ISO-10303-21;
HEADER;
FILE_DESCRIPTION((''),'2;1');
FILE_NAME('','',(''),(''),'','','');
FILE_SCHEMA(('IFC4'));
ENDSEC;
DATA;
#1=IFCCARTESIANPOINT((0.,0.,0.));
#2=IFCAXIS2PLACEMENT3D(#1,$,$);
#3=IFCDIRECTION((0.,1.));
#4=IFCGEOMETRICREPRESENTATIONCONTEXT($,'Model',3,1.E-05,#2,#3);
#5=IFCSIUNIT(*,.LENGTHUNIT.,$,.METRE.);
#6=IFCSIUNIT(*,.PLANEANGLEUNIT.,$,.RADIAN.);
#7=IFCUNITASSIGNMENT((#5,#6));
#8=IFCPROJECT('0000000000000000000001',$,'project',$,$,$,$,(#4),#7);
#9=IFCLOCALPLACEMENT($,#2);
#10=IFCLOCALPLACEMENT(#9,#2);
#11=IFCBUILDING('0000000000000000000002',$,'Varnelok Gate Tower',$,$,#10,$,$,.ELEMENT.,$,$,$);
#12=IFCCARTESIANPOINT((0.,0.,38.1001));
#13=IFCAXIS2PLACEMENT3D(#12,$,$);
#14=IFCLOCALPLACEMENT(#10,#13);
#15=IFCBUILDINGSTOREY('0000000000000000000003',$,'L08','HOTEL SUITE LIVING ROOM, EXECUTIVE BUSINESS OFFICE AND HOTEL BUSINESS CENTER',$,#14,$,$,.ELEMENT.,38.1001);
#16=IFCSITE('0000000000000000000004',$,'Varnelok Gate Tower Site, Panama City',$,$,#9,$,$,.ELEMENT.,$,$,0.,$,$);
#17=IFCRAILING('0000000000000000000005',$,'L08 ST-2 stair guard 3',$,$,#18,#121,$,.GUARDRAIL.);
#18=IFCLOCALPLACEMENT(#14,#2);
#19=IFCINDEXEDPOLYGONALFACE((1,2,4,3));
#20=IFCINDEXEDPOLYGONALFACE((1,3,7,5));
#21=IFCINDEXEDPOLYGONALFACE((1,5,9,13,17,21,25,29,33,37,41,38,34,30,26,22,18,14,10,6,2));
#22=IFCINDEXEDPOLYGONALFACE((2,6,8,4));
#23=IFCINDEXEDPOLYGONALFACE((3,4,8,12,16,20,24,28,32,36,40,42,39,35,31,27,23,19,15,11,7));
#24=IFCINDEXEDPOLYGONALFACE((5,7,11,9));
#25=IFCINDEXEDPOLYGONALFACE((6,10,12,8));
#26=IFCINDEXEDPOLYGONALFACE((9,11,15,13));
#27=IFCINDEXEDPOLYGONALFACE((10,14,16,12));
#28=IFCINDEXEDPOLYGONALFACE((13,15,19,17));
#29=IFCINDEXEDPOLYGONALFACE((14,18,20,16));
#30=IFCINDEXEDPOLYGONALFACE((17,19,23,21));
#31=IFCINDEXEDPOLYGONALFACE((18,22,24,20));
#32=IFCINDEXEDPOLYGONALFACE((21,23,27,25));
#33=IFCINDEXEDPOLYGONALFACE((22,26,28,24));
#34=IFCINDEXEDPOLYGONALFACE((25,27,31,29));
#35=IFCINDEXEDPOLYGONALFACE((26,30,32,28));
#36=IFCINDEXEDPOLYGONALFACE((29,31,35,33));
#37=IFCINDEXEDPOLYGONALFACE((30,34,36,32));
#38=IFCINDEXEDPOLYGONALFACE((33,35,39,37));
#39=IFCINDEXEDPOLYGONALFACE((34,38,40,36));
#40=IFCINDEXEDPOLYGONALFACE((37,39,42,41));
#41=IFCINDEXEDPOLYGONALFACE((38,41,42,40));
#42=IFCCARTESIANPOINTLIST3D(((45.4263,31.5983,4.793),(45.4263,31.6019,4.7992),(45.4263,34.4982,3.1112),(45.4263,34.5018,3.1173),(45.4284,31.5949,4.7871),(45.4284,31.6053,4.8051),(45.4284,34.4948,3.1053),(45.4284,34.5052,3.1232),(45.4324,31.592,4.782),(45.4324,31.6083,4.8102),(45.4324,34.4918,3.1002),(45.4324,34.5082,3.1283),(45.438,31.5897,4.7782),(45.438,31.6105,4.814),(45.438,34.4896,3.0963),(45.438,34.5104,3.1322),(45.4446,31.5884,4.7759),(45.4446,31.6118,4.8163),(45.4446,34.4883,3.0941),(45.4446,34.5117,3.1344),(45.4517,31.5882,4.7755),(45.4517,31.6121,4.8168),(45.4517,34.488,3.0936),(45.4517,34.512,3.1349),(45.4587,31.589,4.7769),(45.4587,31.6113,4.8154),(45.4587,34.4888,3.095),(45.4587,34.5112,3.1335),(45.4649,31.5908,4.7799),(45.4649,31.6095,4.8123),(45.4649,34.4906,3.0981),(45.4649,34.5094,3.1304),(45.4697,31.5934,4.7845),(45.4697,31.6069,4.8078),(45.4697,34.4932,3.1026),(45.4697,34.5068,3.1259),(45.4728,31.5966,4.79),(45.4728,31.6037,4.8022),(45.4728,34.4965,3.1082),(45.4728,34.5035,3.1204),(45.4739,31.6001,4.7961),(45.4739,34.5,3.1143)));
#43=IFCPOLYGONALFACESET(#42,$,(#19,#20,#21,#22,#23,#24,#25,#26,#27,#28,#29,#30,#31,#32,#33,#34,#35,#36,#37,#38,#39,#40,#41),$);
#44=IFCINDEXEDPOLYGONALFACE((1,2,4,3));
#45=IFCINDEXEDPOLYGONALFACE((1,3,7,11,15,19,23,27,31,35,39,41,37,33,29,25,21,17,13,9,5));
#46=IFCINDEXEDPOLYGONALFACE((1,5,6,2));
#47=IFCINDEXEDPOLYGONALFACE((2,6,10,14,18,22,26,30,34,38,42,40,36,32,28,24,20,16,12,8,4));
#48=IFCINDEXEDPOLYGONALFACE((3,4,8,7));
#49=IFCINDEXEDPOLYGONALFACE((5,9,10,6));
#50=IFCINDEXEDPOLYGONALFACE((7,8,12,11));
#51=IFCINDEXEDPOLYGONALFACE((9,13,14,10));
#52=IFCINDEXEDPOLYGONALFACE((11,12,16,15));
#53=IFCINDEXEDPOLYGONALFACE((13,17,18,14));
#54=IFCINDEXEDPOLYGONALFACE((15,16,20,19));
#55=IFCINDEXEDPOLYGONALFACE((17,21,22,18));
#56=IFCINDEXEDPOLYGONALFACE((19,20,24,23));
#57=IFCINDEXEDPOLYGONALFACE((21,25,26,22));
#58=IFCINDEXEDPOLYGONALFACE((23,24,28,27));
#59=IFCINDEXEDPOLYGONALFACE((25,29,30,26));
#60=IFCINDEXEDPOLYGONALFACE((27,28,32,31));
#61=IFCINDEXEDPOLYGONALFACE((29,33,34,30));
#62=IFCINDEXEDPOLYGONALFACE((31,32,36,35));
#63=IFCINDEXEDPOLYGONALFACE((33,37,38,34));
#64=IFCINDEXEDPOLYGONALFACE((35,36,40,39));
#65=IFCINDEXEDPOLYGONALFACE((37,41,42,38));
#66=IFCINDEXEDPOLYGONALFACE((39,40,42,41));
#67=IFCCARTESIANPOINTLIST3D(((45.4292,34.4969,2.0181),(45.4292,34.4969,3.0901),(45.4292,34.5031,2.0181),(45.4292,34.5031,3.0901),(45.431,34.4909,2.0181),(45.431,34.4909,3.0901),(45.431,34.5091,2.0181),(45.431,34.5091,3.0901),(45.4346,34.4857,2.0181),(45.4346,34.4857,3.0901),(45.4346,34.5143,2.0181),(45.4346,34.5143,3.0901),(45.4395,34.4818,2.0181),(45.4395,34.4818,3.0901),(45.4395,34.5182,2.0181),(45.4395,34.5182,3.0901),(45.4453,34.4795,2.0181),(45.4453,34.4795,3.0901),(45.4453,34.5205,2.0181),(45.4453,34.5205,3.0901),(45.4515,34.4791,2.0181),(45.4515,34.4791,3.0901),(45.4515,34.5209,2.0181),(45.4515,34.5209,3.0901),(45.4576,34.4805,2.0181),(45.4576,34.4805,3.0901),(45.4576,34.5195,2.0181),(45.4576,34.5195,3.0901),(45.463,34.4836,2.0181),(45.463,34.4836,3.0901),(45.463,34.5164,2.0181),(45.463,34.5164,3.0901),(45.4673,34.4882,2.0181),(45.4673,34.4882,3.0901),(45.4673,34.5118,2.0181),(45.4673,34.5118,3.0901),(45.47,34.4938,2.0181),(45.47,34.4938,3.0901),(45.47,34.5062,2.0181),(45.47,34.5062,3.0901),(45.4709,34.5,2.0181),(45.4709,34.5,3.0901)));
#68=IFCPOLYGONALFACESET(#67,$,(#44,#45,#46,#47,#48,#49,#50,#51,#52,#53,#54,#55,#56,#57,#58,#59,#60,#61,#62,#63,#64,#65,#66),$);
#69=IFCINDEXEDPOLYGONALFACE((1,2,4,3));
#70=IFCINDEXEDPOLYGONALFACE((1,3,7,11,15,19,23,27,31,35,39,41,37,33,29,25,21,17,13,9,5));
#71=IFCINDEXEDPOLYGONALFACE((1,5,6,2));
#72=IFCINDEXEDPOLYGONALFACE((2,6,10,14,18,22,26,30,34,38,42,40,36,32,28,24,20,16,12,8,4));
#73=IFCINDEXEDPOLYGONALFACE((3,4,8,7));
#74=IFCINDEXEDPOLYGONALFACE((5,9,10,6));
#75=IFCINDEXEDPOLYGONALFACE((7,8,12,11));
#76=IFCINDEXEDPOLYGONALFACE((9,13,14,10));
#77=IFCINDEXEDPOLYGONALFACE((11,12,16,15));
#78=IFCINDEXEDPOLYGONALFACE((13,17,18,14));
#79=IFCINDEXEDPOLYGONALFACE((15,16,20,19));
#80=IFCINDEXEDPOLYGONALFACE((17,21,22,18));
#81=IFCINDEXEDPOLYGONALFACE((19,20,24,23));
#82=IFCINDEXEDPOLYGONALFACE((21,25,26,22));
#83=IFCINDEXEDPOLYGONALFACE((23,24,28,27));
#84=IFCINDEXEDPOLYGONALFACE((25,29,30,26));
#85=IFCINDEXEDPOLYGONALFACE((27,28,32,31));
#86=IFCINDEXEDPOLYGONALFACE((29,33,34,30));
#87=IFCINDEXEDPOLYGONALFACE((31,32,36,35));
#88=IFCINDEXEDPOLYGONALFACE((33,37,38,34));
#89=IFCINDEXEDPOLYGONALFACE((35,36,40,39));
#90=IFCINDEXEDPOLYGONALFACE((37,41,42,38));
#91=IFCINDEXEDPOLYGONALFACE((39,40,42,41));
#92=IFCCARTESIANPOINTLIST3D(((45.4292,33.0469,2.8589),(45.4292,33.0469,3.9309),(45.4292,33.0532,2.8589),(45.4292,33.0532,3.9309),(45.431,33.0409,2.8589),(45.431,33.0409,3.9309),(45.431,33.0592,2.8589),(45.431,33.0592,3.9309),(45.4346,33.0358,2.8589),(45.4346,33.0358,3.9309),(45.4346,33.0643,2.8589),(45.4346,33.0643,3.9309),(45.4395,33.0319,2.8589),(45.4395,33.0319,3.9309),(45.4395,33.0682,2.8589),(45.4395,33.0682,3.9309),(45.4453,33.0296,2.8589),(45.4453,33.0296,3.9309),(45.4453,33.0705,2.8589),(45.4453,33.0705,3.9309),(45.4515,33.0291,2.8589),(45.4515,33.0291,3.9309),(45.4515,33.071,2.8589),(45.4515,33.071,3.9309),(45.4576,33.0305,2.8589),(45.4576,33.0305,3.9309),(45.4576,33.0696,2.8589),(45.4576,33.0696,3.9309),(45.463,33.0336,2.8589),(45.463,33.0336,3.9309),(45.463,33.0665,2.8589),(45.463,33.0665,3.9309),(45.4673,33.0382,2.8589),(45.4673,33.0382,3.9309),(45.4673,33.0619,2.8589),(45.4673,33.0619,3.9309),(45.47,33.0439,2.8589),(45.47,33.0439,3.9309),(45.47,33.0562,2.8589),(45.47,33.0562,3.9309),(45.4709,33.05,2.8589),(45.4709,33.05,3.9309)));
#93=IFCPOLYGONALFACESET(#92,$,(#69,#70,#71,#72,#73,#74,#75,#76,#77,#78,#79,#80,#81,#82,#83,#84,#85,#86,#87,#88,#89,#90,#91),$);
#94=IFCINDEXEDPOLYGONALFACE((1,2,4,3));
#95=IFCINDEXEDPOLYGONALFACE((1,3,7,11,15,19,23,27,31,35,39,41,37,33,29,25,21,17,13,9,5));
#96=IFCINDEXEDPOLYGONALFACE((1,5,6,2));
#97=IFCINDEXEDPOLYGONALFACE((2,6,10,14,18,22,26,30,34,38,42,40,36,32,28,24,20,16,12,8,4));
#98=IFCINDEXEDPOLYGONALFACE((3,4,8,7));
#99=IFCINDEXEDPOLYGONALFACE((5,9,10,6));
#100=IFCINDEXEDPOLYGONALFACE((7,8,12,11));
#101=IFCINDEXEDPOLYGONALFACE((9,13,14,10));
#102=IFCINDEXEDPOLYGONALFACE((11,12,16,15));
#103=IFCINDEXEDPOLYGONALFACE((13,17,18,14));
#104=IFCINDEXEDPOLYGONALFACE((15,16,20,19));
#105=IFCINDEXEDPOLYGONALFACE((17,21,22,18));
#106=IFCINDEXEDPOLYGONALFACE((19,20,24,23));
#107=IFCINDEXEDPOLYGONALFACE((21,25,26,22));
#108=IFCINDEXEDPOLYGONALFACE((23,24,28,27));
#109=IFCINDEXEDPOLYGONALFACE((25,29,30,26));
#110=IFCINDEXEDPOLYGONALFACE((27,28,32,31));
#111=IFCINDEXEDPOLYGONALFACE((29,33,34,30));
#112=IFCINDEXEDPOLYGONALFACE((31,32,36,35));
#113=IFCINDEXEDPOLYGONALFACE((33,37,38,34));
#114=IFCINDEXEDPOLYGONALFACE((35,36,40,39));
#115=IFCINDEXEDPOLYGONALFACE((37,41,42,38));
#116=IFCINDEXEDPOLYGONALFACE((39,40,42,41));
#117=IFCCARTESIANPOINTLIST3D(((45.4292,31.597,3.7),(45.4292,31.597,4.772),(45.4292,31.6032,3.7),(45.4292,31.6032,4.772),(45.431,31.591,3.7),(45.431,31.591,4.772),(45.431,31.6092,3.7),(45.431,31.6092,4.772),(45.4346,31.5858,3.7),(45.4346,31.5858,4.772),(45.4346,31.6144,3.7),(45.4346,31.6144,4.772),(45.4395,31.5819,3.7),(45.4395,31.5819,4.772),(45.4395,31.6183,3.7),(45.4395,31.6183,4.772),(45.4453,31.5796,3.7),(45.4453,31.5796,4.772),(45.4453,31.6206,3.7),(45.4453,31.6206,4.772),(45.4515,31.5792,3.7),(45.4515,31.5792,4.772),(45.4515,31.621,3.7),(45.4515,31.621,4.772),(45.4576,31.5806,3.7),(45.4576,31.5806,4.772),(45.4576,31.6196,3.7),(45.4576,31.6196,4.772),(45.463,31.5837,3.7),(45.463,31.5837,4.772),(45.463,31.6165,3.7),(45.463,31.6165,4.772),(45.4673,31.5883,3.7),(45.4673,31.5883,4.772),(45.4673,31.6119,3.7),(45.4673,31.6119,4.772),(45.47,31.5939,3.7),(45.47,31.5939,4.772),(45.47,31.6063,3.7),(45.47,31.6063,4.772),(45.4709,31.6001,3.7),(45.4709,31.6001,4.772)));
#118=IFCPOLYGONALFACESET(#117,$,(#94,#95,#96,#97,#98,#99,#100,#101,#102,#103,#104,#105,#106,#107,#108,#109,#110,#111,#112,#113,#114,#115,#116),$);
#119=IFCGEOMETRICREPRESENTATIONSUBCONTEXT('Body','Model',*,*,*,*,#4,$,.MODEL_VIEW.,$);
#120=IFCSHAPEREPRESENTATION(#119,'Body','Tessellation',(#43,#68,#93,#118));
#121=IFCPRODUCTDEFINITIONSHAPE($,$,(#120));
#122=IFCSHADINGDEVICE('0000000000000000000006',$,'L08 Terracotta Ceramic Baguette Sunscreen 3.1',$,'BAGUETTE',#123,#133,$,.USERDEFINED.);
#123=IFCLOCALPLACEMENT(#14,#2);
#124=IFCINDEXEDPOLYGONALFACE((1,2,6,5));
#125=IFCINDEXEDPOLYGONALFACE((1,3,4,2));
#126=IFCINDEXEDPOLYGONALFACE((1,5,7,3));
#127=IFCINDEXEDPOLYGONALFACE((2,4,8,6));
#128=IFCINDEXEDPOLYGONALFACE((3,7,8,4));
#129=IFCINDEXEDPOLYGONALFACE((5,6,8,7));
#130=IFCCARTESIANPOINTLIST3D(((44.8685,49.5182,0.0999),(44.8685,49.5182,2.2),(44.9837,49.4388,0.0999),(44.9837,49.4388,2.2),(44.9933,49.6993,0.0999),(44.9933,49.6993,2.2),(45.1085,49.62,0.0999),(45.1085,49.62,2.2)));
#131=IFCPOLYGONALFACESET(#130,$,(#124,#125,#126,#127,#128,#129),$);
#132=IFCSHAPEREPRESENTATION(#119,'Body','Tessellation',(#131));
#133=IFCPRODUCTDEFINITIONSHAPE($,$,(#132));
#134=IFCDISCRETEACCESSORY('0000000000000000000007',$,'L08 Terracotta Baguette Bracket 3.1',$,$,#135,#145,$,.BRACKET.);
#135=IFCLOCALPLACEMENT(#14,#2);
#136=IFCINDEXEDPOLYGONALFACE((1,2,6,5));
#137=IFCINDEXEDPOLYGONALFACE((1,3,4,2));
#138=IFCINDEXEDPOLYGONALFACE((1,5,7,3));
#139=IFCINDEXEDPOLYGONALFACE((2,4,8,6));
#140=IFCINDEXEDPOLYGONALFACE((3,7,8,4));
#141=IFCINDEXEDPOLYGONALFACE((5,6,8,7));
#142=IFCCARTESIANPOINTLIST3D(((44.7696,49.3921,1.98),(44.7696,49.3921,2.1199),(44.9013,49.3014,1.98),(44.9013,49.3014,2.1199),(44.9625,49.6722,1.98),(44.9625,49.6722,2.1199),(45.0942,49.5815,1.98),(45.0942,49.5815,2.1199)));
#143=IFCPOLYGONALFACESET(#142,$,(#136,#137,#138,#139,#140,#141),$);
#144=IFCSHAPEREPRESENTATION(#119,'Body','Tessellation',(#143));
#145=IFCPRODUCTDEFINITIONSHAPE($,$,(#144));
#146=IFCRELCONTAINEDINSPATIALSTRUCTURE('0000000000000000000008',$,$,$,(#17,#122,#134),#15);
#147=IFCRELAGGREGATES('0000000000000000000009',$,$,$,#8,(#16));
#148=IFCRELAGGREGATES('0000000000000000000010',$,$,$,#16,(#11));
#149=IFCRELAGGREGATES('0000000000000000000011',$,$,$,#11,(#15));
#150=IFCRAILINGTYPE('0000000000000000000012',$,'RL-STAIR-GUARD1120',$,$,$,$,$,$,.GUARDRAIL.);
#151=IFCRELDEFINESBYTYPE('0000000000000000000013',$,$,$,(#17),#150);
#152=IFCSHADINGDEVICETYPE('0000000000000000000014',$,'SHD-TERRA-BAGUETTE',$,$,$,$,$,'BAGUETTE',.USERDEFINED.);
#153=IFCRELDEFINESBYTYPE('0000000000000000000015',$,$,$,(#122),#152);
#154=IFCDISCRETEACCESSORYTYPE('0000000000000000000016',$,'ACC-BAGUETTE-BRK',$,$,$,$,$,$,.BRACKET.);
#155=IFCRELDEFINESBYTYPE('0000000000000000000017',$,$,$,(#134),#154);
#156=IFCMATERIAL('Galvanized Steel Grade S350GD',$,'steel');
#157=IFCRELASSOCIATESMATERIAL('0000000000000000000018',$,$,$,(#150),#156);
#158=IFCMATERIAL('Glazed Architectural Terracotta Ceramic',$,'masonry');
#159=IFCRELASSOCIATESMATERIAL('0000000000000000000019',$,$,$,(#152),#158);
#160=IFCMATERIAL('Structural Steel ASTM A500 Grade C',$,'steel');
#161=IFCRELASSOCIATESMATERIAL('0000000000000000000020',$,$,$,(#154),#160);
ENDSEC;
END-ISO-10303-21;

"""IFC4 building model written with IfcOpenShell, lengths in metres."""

from ifc_helpers import new_model, si_unit, direction, frame, origin, origin_2d, place, context, subcontext, project, spatial, rectangle, circle, extrude, source, transform, mapped, material, type_object, element, save


model = new_model("IFC4")

# Units and contexts
model_context = context("Model", 3, precision=1e-05, world=origin(), true_north=direction((0.0, 1.0)))
body_context = subcontext(model_context, "Body", "Model", "MODEL_VIEW")
ifc_project = project(units=[si_unit("LENGTHUNIT", "METRE"), si_unit("PLANEANGLEUNIT", "RADIAN")], contexts=[model_context])

# Site, building, storey
site_placement = place(None, origin())
site = spatial("IfcSite", under=ifc_project, at=site_placement, Name="Varnelok Gate Tower Site, Panama City", CompositionType="ELEMENT", RefElevation=0.0)
building_placement = place(site_placement, origin())
building = spatial("IfcBuilding", under=site, at=building_placement, Name="Varnelok Gate Tower", CompositionType="ELEMENT")
storey_placement = place(building_placement, frame((0.0, 0.0, 38.1001)))
storey = spatial("IfcBuildingStorey", under=building, at=storey_placement, Name="L08", Description="HOTEL SUITE LIVING ROOM, EXECUTIVE BUSINESS OFFICE AND HOTEL BUSINESS CENTER", CompositionType="ELEMENT", Elevation=38.1001)

# Shared definitions
ifc_material_1 = material(Name="Galvanized Steel Grade S350GD", Category="steel")

# Railing
railing_type_1 = type_object("IfcRailingType", Name="RL-STAIR-GUARD1120", PredefinedType="GUARDRAIL", material=ifc_material_1)
railing_1_placement = place(storey_placement, frame((45.45, 34.5, 2.0181)))
element("IfcRailing", 1, at=railing_1_placement, inside=storey, type_object=railing_type_1, Name="L08 ST-2 stair guard 3", PredefinedType="GUARDRAIL", context=body_context, shape_type="SweptSolid", body=[
    extrude(circle(Radius=0.0239, at=origin_2d()), frame((0.0, 0.0, 1.0962), z_axis=(0.0, -0.865039, 0.501705), x_axis=(1.0, 0.0, 0.0)), (0.0, 0.0, 1.0), 3.3523),
    extrude(circle(Radius=0.021, at=origin_2d()), origin(), (0.0, 0.0, 1.0), 1.072),
    extrude(circle(Radius=0.021, at=origin_2d()), frame((0.0, -1.45, 0.8408)), (0.0, 0.0, 1.0), 1.072),
    extrude(circle(Radius=0.021, at=origin_2d()), frame((0.0, -2.8999, 1.6819)), (0.0, 0.0, 1.0), 1.072),
])

# Shading device
ifc_material_2 = material(Name="Glazed Architectural Terracotta Ceramic", Category="masonry")
shading_device_type = type_object("IfcShadingDeviceType", Name="SHD-TERRA-BAGUETTE", ElementType="BAGUETTE", PredefinedType="USERDEFINED", material=ifc_material_2)
shared_shape_1 = source(origin(), body_context, "Body", "SweptSolid", [
    extrude(rectangle(XDim=0.1399, YDim=0.22, at=origin_2d()), origin(), (0.0, 0.0, 1.0), 2.1001),
])
shading_device_placement = place(storey_placement, frame((44.9885, 49.5691, 0.0999), z_axis=(0.0, 0.0, 1.0), x_axis=(0.823533, -0.567269, 0.0)))
element("IfcShadingDevice", 2, at=shading_device_placement, inside=storey, type_object=shading_device_type, Name="L08 Terracotta Ceramic Baguette Sunscreen 3.1", ObjectType="BAGUETTE", PredefinedType="USERDEFINED", context=body_context, shape_type="MappedRepresentation", body=[
    mapped(shared_shape_1, transform((0.0, 0.0, 0.0), scale=1.0)),
])

# Discrete accessory
ifc_material_3 = material(Name="Structural Steel ASTM A500 Grade C", Category="steel")
discrete_accessory_type = type_object("IfcDiscreteAccessoryType", Name="ACC-BAGUETTE-BRK", PredefinedType="BRACKET", material=ifc_material_3)
shared_shape_2 = source(origin(), body_context, "Body", "SweptSolid", [
    extrude(rectangle(XDim=0.1599, YDim=0.3401, at=origin_2d()), origin(), (0.0, 0.0, 1.0), 0.1399),
])
discrete_accessory_placement = place(storey_placement, frame((44.9319, 49.4868, 1.98), z_axis=(0.0, 0.0, 1.0), x_axis=(0.823533, -0.567269, 0.0)))
element("IfcDiscreteAccessory", 3, at=discrete_accessory_placement, inside=storey, type_object=discrete_accessory_type, Name="L08 Terracotta Baguette Bracket 3.1", PredefinedType="BRACKET", context=body_context, shape_type="MappedRepresentation", body=[
    mapped(shared_shape_2, transform((0.0, 0.0, 0.0), scale=1.0)),
])

save(model, "model.ifc")
